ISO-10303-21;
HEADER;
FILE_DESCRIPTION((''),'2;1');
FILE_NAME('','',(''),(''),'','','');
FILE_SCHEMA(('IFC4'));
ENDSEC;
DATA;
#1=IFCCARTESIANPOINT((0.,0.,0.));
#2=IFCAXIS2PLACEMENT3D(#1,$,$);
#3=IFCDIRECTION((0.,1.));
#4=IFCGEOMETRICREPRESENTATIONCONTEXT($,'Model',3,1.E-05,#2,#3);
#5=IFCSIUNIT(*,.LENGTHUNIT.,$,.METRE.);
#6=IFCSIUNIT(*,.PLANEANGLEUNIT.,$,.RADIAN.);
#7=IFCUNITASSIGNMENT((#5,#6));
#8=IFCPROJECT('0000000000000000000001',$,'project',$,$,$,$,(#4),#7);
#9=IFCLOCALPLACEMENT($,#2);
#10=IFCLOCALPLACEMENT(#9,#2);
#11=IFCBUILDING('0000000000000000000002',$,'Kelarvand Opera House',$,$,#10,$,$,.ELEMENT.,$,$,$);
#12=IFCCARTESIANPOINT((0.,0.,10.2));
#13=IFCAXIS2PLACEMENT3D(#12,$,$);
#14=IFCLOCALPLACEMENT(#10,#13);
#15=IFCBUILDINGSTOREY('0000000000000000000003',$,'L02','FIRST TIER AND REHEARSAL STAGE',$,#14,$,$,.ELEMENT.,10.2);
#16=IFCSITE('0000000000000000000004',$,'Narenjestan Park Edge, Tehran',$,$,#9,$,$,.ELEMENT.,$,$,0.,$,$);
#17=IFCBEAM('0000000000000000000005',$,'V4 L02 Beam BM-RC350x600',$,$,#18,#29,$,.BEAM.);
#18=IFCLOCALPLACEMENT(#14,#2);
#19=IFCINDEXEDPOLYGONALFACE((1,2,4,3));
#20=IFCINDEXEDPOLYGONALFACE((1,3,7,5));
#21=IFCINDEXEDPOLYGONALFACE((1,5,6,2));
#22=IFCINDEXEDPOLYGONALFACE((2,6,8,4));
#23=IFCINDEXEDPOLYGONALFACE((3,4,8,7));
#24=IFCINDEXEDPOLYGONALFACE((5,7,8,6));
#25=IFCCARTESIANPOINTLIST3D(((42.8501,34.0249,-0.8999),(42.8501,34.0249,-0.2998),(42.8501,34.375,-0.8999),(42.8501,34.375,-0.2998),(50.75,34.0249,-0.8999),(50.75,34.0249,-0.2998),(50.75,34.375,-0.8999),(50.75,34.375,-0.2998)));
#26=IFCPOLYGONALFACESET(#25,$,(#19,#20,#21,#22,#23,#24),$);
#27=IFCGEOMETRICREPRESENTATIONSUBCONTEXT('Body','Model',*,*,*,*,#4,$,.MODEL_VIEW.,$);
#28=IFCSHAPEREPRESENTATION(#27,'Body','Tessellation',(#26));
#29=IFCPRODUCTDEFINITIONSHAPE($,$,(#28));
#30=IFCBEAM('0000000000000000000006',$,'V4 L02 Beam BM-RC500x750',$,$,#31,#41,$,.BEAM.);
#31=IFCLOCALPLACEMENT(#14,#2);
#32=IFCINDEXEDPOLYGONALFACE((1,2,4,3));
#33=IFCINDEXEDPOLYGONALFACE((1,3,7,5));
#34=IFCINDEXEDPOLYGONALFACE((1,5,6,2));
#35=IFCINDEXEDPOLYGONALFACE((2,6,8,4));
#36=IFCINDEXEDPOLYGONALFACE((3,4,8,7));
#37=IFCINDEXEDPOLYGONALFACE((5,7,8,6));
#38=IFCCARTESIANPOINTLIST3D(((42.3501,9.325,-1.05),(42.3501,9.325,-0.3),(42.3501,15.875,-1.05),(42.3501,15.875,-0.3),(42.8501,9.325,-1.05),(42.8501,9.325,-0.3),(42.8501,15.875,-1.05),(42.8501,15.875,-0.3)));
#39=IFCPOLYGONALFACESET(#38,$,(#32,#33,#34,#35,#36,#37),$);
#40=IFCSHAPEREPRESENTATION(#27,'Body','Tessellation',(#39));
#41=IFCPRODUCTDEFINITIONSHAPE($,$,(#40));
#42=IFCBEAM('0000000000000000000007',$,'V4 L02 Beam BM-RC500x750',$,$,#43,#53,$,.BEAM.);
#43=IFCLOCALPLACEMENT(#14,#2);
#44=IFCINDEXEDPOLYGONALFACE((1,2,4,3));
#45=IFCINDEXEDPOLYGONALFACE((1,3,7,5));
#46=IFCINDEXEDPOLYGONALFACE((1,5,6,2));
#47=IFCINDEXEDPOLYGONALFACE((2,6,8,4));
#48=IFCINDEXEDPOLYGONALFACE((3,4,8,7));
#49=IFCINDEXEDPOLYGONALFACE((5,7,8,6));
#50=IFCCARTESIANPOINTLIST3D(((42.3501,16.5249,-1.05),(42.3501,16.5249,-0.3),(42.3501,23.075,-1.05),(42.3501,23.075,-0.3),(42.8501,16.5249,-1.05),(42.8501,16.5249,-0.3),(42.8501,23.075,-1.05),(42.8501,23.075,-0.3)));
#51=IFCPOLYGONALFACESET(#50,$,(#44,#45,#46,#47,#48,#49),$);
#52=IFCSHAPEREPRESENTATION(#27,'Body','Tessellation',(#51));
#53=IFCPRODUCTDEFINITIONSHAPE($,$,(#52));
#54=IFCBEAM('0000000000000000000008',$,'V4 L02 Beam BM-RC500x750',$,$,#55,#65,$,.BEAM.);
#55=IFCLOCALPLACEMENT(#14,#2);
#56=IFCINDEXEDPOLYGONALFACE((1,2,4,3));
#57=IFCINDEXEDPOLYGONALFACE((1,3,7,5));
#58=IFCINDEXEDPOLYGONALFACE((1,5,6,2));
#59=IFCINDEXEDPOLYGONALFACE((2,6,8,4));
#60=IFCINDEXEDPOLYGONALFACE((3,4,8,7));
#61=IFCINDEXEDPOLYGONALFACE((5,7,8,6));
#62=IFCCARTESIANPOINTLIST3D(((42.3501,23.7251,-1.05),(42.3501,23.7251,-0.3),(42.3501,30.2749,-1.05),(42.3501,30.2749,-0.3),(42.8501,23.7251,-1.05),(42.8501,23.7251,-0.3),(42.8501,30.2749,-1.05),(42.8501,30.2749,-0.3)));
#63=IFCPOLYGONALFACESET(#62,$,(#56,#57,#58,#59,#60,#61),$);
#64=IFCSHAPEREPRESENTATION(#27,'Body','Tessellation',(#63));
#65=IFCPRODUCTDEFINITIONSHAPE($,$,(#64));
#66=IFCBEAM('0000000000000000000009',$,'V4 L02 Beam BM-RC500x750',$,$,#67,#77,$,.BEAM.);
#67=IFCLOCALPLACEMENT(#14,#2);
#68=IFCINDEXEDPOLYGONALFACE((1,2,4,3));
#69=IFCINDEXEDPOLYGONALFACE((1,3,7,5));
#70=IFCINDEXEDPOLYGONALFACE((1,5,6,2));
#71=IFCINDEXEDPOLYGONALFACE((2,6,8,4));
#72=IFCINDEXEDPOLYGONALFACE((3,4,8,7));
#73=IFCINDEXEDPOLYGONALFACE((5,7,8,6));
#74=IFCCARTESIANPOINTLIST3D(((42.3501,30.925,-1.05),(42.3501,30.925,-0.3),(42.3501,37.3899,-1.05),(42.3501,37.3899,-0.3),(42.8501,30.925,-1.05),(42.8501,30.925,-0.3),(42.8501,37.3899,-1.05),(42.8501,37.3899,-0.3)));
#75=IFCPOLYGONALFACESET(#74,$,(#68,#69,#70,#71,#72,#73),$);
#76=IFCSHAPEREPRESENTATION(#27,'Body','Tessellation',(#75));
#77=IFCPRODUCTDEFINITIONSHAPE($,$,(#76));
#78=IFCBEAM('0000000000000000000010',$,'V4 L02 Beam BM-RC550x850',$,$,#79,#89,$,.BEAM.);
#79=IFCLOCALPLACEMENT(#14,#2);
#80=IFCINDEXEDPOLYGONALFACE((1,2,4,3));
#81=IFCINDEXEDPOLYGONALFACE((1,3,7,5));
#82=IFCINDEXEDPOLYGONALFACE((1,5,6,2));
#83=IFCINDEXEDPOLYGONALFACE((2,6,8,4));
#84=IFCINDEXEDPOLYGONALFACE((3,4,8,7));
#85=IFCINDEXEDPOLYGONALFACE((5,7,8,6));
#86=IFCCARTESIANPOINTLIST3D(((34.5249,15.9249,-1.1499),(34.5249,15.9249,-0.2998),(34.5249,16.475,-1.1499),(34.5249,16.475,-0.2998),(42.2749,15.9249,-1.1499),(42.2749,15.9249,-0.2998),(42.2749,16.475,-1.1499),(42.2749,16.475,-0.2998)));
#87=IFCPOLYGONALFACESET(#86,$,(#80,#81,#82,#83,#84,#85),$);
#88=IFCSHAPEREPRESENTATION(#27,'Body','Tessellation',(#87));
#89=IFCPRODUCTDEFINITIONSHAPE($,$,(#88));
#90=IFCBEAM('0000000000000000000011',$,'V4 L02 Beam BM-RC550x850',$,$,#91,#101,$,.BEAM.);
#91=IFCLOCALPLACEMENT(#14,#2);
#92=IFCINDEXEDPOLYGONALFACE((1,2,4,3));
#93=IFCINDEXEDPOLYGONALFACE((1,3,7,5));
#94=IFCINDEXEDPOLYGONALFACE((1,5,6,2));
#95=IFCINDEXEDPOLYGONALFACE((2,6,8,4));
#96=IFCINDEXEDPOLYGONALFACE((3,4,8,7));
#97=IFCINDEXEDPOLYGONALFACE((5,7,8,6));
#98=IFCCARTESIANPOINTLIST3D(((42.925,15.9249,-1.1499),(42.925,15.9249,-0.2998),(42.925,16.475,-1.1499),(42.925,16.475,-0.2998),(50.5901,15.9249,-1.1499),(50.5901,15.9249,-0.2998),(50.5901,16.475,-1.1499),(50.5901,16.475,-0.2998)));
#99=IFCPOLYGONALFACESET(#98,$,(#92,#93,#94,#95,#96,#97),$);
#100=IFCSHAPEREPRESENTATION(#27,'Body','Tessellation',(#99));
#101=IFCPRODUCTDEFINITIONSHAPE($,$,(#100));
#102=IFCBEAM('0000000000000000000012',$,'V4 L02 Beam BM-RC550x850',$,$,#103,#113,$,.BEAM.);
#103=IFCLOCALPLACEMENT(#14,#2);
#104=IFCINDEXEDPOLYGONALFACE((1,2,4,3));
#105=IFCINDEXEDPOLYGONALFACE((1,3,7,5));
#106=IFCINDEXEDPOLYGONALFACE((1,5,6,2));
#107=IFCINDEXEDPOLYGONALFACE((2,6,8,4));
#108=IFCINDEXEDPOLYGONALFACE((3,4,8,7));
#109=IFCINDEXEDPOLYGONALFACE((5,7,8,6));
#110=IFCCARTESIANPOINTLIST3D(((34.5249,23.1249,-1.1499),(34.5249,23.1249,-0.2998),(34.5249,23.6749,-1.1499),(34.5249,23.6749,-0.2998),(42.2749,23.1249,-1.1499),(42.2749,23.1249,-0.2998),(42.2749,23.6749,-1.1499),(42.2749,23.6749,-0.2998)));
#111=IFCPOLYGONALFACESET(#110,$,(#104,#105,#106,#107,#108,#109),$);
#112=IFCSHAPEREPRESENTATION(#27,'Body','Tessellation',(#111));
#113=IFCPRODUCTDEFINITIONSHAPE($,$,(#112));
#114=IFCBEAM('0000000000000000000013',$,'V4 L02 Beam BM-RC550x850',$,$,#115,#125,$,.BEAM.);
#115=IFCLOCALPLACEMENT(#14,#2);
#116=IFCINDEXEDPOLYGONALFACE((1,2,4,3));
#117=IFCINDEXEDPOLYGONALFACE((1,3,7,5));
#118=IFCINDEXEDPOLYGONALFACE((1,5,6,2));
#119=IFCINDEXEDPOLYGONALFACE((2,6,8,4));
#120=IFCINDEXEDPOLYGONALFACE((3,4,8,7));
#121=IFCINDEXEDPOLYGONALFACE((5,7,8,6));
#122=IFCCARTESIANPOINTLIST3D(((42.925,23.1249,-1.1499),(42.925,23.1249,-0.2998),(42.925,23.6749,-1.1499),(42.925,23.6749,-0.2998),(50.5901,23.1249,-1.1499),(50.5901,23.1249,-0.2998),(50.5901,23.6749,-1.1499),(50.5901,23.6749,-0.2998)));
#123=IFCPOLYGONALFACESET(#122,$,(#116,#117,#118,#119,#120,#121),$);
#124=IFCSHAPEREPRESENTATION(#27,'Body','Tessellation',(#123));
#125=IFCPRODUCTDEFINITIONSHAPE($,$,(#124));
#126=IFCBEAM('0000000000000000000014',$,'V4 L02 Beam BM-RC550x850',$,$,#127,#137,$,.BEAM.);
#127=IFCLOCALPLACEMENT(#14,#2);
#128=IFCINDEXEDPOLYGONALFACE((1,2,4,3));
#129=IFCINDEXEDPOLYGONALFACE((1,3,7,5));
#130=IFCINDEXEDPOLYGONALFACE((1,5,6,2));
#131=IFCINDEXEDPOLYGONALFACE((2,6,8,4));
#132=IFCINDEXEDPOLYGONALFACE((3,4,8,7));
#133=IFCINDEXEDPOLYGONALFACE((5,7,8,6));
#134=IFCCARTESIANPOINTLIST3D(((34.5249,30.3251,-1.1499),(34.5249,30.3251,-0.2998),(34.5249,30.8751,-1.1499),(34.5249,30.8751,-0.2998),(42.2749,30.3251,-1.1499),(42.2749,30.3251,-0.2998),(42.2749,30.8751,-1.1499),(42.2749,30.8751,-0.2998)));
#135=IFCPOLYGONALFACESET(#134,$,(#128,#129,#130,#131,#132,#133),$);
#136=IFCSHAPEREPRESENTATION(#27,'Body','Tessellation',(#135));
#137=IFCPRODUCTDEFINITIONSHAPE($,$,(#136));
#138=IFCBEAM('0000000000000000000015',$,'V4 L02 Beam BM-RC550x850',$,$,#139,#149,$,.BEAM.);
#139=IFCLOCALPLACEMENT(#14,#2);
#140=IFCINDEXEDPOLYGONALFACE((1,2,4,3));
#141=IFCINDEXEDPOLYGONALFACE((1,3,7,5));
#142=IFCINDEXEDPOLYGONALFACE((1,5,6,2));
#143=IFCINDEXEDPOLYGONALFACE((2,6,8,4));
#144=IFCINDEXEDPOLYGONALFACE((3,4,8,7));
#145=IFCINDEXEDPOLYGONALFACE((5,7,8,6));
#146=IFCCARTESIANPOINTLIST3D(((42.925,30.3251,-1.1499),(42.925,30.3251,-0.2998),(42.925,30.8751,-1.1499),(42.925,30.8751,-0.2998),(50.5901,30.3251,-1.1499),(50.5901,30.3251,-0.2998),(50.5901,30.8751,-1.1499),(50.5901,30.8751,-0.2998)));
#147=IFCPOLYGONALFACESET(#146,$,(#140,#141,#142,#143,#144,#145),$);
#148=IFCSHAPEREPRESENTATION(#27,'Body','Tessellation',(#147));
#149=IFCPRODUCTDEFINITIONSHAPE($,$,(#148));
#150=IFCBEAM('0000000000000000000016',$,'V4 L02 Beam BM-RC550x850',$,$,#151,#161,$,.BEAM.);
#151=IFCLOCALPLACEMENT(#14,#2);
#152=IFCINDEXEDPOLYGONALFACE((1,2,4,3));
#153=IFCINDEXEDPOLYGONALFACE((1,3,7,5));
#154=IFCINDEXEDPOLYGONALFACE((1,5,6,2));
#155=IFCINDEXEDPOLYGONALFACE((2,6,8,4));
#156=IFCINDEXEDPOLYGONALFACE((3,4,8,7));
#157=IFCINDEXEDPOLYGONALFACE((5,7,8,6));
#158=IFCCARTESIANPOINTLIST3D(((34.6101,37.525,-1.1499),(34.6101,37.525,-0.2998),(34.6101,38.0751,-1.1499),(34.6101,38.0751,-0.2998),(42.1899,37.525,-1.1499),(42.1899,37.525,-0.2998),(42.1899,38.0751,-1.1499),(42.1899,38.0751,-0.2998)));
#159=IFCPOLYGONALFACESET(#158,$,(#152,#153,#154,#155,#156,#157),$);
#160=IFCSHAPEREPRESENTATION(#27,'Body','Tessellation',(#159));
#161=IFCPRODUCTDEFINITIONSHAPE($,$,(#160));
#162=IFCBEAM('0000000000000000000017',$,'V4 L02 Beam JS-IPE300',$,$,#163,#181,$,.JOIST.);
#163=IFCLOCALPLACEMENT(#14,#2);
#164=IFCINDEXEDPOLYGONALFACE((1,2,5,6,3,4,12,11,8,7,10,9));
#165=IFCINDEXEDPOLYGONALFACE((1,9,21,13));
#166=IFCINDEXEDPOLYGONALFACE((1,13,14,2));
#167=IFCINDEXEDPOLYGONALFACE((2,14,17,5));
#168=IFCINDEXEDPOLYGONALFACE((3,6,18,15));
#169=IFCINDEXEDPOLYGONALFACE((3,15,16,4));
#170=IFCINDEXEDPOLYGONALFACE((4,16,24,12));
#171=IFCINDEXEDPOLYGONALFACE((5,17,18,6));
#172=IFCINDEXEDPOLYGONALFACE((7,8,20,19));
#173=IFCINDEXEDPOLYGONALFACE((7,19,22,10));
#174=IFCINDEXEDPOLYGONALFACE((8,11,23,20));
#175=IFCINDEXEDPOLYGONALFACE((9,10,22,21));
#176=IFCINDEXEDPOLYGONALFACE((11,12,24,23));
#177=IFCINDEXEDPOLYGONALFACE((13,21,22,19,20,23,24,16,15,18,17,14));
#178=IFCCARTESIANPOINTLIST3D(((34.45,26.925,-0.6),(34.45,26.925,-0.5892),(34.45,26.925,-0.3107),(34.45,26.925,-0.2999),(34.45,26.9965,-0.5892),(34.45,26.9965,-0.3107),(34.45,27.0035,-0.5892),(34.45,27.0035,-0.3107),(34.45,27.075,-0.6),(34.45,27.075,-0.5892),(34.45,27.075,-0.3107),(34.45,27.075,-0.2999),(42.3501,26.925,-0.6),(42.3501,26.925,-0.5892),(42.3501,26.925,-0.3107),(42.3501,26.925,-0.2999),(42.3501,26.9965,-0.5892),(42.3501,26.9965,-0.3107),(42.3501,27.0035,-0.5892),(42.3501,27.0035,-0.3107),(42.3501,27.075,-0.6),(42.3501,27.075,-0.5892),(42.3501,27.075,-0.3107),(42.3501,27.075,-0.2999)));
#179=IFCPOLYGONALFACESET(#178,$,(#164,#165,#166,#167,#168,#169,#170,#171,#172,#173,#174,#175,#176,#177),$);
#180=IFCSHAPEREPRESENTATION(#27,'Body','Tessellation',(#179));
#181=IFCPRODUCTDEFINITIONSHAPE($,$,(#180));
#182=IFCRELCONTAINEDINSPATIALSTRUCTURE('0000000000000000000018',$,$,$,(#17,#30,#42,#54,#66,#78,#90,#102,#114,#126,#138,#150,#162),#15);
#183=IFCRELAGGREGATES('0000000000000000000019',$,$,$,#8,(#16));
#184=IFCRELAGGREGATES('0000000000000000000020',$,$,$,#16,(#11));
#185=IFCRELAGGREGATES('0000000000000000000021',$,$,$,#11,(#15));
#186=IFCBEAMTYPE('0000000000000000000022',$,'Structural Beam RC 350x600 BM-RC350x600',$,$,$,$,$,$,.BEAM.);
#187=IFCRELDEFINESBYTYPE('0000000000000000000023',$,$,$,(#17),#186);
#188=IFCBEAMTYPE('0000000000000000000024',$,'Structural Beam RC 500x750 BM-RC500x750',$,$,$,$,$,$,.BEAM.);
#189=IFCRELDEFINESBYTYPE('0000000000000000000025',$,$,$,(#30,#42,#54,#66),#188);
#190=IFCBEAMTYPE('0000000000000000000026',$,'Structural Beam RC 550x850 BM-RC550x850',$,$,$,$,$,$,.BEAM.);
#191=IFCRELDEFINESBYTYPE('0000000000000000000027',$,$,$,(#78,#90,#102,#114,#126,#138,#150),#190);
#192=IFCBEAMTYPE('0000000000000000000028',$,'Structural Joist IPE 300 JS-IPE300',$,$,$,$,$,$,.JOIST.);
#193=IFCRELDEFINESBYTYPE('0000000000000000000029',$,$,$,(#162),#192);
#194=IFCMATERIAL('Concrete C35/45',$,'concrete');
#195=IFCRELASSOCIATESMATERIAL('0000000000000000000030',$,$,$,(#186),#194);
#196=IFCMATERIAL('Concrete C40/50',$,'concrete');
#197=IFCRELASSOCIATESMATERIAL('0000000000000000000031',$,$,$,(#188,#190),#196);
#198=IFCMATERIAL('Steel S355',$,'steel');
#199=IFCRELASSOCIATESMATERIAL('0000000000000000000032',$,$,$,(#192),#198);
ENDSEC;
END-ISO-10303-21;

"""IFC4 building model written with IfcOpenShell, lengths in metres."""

from ifc_helpers import new_model, si_unit, direction, frame, origin, origin_2d, place, context, subcontext, project, spatial, rectangle, i_section, extrude, material, material_profile, profile_set, type_object, element, save


model = new_model("IFC4")

# Units and contexts
model_context = context("Model", 3, precision=1e-05, world=origin(), true_north=direction((0.0, 1.0)))
body_context = subcontext(model_context, "Body", "Model", "MODEL_VIEW")
ifc_project = project(units=[si_unit("LENGTHUNIT", "METRE"), si_unit("PLANEANGLEUNIT", "RADIAN")], contexts=[model_context])

# Site, building, storey
site_placement = place(None, origin())
site = spatial("IfcSite", under=ifc_project, at=site_placement, Name="Narenjestan Park Edge, Tehran", CompositionType="ELEMENT", RefElevation=0.0)
building_placement = place(site_placement, origin())
building = spatial("IfcBuilding", under=site, at=building_placement, Name="Kelarvand Opera House", CompositionType="ELEMENT")
storey_placement = place(building_placement, frame((0.0, 0.0, 10.2)))
storey = spatial("IfcBuildingStorey", under=building, at=storey_placement, Name="L02", Description="FIRST TIER AND REHEARSAL STAGE", CompositionType="ELEMENT", Elevation=10.2)

# Beams
ifc_material_1 = material(Name="Concrete C35/45", Category="concrete")
ifc_material_profile_1 = material_profile(ifc_material_1, rectangle(XDim=0.3501, YDim=0.6001, at=origin_2d()), Name="RC 350x600", Category="concrete")
ifc_profile_set_1 = profile_set([ifc_material_profile_1], Name="Concrete C35/45")
beam_type_1 = type_object("IfcBeamType", Name="Structural Beam RC 350x600 BM-RC350x600", PredefinedType="BEAM", material=ifc_profile_set_1)
beam_1_placement = place(storey_placement, frame((42.8501, 34.2, -0.5999), z_axis=(1.0, 0.0, 0.0), x_axis=(0.0, 1.0, 0.0)))
element("IfcBeam", 1, at=beam_1_placement, inside=storey, type_object=beam_type_1, Name="V4 L02 Beam BM-RC350x600", PredefinedType="BEAM", context=body_context, shape_type="SweptSolid", body=[
    extrude(rectangle(XDim=0.3501, YDim=0.6001, at=origin_2d()), origin(), (0.0, 0.0, 1.0), 7.8999),
])
ifc_material_2 = material(Name="Concrete C40/50", Category="concrete")
ifc_material_profile_2 = material_profile(ifc_material_2, rectangle(XDim=0.5, YDim=0.75, at=origin_2d()), Name="RC 500x750", Category="concrete")
ifc_profile_set_2 = profile_set([ifc_material_profile_2], Name="Concrete C40/50")
beam_type_2 = type_object("IfcBeamType", Name="Structural Beam RC 500x750 BM-RC500x750", PredefinedType="BEAM", material=ifc_profile_set_2)
for number, where, z_axis, x_axis, name in (
    (2, (42.6001, 9.325, -0.675), (0.0, 1.0, 0.0), (-1.0, 0.0, 0.0), "V4 L02 Beam BM-RC500x750"),
    (3, (42.6001, 16.5249, -0.675), (0.0, 1.0, 0.0), (-1.0, 0.0, 0.0), "V4 L02 Beam BM-RC500x750"),
):
    element("IfcBeam", number, at=place(storey_placement, frame(where, z_axis=z_axis, x_axis=x_axis)), inside=storey, type_object=beam_type_2, Name=name, PredefinedType="BEAM", context=body_context, shape_type="SweptSolid", body=[
        extrude(rectangle(XDim=0.5, YDim=0.75, at=origin_2d()), origin(), (0.0, 0.0, 1.0), 6.55),
    ])
beam_2_placement = place(storey_placement, frame((42.6001, 23.7251, -0.675), z_axis=(0.0, 1.0, 0.0), x_axis=(-1.0, 0.0, 0.0)))
element("IfcBeam", 4, at=beam_2_placement, inside=storey, type_object=beam_type_2, Name="V4 L02 Beam BM-RC500x750", PredefinedType="BEAM", context=body_context, shape_type="SweptSolid", body=[
    extrude(rectangle(XDim=0.5, YDim=0.75, at=origin_2d()), origin(), (0.0, 0.0, 1.0), 6.5498),
])
beam_3_placement = place(storey_placement, frame((42.6001, 30.925, -0.675), z_axis=(0.0, 1.0, 0.0), x_axis=(-1.0, 0.0, 0.0)))
element("IfcBeam", 5, at=beam_3_placement, inside=storey, type_object=beam_type_2, Name="V4 L02 Beam BM-RC500x750", PredefinedType="BEAM", context=body_context, shape_type="SweptSolid", body=[
    extrude(rectangle(XDim=0.5, YDim=0.75, at=origin_2d()), origin(), (0.0, 0.0, 1.0), 6.4648),
])
ifc_material_profile_3 = material_profile(ifc_material_2, rectangle(XDim=0.55, YDim=0.8501, at=origin_2d()), Name="RC 550x850", Category="concrete")
ifc_profile_set_3 = profile_set([ifc_material_profile_3], Name="Concrete C40/50")
beam_type_3 = type_object("IfcBeamType", Name="Structural Beam RC 550x850 BM-RC550x850", PredefinedType="BEAM", material=ifc_profile_set_3)
beam_4_placement = place(storey_placement, frame((34.5249, 16.2, -0.7249), z_axis=(1.0, 0.0, 0.0), x_axis=(0.0, 1.0, 0.0)))
element("IfcBeam", 6, at=beam_4_placement, inside=storey, type_object=beam_type_3, Name="V4 L02 Beam BM-RC550x850", PredefinedType="BEAM", context=body_context, shape_type="SweptSolid", body=[
    extrude(rectangle(XDim=0.55, YDim=0.8501, at=origin_2d()), origin(), (0.0, 0.0, 1.0), 7.75),
])
beam_5_placement = place(storey_placement, frame((42.925, 16.2, -0.7249), z_axis=(1.0, 0.0, 0.0), x_axis=(0.0, 1.0, 0.0)))
element("IfcBeam", 7, at=beam_5_placement, inside=storey, type_object=beam_type_3, Name="V4 L02 Beam BM-RC550x850", PredefinedType="BEAM", context=body_context, shape_type="SweptSolid", body=[
    extrude(rectangle(XDim=0.55, YDim=0.8501, at=origin_2d()), origin(), (0.0, 0.0, 1.0), 7.665),
])
beam_6_placement = place(storey_placement, frame((34.5249, 23.3999, -0.7249), z_axis=(1.0, 0.0, 0.0), x_axis=(0.0, 1.0, 0.0)))
element("IfcBeam", 8, at=beam_6_placement, inside=storey, type_object=beam_type_3, Name="V4 L02 Beam BM-RC550x850", PredefinedType="BEAM", context=body_context, shape_type="SweptSolid", body=[
    extrude(rectangle(XDim=0.55, YDim=0.8501, at=origin_2d()), origin(), (0.0, 0.0, 1.0), 7.75),
])
beam_7_placement = place(storey_placement, frame((42.925, 23.3999, -0.7249), z_axis=(1.0, 0.0, 0.0), x_axis=(0.0, 1.0, 0.0)))
element("IfcBeam", 9, at=beam_7_placement, inside=storey, type_object=beam_type_3, Name="V4 L02 Beam BM-RC550x850", PredefinedType="BEAM", context=body_context, shape_type="SweptSolid", body=[
    extrude(rectangle(XDim=0.55, YDim=0.8501, at=origin_2d()), origin(), (0.0, 0.0, 1.0), 7.665),
])
beam_8_placement = place(storey_placement, frame((34.5249, 30.6001, -0.7249), z_axis=(1.0, 0.0, 0.0), x_axis=(0.0, 1.0, 0.0)))
element("IfcBeam", 10, at=beam_8_placement, inside=storey, type_object=beam_type_3, Name="V4 L02 Beam BM-RC550x850", PredefinedType="BEAM", context=body_context, shape_type="SweptSolid", body=[
    extrude(rectangle(XDim=0.55, YDim=0.8501, at=origin_2d()), origin(), (0.0, 0.0, 1.0), 7.75),
])
beam_9_placement = place(storey_placement, frame((42.925, 30.6001, -0.7249), z_axis=(1.0, 0.0, 0.0), x_axis=(0.0, 1.0, 0.0)))
element("IfcBeam", 11, at=beam_9_placement, inside=storey, type_object=beam_type_3, Name="V4 L02 Beam BM-RC550x850", PredefinedType="BEAM", context=body_context, shape_type="SweptSolid", body=[
    extrude(rectangle(XDim=0.55, YDim=0.8501, at=origin_2d()), origin(), (0.0, 0.0, 1.0), 7.665),
])
beam_10_placement = place(storey_placement, frame((34.6101, 37.8, -0.7249), z_axis=(1.0, 0.0, 0.0), x_axis=(0.0, 1.0, 0.0)))
element("IfcBeam", 12, at=beam_10_placement, inside=storey, type_object=beam_type_3, Name="V4 L02 Beam BM-RC550x850", PredefinedType="BEAM", context=body_context, shape_type="SweptSolid", body=[
    extrude(rectangle(XDim=0.55, YDim=0.8501, at=origin_2d()), origin(), (0.0, 0.0, 1.0), 7.5798),
])
ifc_material_3 = material(Name="Steel S355", Category="steel")
ifc_material_profile_4 = material_profile(ifc_material_3, i_section(OverallWidth=0.1499, OverallDepth=0.3, WebThickness=0.0071, FlangeThickness=0.0107, at=origin_2d()), Name="IPE 300", Category="steel")
ifc_profile_set_4 = profile_set([ifc_material_profile_4], Name="Steel S355")
beam_type_4 = type_object("IfcBeamType", Name="Structural Joist IPE 300 JS-IPE300", PredefinedType="JOIST", material=ifc_profile_set_4)
beam_11_placement = place(storey_placement, frame((34.45, 27.0, -0.45), z_axis=(1.0, 0.0, 0.0), x_axis=(0.0, 1.0, 0.0)))
element("IfcBeam", 13, at=beam_11_placement, inside=storey, type_object=beam_type_4, Name="V4 L02 Beam JS-IPE300", PredefinedType="JOIST", context=body_context, shape_type="SweptSolid", body=[
    extrude(i_section(OverallWidth=0.1499, OverallDepth=0.3, WebThickness=0.0071, FlangeThickness=0.0107, at=origin_2d()), origin(), (0.0, 0.0, 1.0), 7.9001),
])

save(model, "model.ifc")
